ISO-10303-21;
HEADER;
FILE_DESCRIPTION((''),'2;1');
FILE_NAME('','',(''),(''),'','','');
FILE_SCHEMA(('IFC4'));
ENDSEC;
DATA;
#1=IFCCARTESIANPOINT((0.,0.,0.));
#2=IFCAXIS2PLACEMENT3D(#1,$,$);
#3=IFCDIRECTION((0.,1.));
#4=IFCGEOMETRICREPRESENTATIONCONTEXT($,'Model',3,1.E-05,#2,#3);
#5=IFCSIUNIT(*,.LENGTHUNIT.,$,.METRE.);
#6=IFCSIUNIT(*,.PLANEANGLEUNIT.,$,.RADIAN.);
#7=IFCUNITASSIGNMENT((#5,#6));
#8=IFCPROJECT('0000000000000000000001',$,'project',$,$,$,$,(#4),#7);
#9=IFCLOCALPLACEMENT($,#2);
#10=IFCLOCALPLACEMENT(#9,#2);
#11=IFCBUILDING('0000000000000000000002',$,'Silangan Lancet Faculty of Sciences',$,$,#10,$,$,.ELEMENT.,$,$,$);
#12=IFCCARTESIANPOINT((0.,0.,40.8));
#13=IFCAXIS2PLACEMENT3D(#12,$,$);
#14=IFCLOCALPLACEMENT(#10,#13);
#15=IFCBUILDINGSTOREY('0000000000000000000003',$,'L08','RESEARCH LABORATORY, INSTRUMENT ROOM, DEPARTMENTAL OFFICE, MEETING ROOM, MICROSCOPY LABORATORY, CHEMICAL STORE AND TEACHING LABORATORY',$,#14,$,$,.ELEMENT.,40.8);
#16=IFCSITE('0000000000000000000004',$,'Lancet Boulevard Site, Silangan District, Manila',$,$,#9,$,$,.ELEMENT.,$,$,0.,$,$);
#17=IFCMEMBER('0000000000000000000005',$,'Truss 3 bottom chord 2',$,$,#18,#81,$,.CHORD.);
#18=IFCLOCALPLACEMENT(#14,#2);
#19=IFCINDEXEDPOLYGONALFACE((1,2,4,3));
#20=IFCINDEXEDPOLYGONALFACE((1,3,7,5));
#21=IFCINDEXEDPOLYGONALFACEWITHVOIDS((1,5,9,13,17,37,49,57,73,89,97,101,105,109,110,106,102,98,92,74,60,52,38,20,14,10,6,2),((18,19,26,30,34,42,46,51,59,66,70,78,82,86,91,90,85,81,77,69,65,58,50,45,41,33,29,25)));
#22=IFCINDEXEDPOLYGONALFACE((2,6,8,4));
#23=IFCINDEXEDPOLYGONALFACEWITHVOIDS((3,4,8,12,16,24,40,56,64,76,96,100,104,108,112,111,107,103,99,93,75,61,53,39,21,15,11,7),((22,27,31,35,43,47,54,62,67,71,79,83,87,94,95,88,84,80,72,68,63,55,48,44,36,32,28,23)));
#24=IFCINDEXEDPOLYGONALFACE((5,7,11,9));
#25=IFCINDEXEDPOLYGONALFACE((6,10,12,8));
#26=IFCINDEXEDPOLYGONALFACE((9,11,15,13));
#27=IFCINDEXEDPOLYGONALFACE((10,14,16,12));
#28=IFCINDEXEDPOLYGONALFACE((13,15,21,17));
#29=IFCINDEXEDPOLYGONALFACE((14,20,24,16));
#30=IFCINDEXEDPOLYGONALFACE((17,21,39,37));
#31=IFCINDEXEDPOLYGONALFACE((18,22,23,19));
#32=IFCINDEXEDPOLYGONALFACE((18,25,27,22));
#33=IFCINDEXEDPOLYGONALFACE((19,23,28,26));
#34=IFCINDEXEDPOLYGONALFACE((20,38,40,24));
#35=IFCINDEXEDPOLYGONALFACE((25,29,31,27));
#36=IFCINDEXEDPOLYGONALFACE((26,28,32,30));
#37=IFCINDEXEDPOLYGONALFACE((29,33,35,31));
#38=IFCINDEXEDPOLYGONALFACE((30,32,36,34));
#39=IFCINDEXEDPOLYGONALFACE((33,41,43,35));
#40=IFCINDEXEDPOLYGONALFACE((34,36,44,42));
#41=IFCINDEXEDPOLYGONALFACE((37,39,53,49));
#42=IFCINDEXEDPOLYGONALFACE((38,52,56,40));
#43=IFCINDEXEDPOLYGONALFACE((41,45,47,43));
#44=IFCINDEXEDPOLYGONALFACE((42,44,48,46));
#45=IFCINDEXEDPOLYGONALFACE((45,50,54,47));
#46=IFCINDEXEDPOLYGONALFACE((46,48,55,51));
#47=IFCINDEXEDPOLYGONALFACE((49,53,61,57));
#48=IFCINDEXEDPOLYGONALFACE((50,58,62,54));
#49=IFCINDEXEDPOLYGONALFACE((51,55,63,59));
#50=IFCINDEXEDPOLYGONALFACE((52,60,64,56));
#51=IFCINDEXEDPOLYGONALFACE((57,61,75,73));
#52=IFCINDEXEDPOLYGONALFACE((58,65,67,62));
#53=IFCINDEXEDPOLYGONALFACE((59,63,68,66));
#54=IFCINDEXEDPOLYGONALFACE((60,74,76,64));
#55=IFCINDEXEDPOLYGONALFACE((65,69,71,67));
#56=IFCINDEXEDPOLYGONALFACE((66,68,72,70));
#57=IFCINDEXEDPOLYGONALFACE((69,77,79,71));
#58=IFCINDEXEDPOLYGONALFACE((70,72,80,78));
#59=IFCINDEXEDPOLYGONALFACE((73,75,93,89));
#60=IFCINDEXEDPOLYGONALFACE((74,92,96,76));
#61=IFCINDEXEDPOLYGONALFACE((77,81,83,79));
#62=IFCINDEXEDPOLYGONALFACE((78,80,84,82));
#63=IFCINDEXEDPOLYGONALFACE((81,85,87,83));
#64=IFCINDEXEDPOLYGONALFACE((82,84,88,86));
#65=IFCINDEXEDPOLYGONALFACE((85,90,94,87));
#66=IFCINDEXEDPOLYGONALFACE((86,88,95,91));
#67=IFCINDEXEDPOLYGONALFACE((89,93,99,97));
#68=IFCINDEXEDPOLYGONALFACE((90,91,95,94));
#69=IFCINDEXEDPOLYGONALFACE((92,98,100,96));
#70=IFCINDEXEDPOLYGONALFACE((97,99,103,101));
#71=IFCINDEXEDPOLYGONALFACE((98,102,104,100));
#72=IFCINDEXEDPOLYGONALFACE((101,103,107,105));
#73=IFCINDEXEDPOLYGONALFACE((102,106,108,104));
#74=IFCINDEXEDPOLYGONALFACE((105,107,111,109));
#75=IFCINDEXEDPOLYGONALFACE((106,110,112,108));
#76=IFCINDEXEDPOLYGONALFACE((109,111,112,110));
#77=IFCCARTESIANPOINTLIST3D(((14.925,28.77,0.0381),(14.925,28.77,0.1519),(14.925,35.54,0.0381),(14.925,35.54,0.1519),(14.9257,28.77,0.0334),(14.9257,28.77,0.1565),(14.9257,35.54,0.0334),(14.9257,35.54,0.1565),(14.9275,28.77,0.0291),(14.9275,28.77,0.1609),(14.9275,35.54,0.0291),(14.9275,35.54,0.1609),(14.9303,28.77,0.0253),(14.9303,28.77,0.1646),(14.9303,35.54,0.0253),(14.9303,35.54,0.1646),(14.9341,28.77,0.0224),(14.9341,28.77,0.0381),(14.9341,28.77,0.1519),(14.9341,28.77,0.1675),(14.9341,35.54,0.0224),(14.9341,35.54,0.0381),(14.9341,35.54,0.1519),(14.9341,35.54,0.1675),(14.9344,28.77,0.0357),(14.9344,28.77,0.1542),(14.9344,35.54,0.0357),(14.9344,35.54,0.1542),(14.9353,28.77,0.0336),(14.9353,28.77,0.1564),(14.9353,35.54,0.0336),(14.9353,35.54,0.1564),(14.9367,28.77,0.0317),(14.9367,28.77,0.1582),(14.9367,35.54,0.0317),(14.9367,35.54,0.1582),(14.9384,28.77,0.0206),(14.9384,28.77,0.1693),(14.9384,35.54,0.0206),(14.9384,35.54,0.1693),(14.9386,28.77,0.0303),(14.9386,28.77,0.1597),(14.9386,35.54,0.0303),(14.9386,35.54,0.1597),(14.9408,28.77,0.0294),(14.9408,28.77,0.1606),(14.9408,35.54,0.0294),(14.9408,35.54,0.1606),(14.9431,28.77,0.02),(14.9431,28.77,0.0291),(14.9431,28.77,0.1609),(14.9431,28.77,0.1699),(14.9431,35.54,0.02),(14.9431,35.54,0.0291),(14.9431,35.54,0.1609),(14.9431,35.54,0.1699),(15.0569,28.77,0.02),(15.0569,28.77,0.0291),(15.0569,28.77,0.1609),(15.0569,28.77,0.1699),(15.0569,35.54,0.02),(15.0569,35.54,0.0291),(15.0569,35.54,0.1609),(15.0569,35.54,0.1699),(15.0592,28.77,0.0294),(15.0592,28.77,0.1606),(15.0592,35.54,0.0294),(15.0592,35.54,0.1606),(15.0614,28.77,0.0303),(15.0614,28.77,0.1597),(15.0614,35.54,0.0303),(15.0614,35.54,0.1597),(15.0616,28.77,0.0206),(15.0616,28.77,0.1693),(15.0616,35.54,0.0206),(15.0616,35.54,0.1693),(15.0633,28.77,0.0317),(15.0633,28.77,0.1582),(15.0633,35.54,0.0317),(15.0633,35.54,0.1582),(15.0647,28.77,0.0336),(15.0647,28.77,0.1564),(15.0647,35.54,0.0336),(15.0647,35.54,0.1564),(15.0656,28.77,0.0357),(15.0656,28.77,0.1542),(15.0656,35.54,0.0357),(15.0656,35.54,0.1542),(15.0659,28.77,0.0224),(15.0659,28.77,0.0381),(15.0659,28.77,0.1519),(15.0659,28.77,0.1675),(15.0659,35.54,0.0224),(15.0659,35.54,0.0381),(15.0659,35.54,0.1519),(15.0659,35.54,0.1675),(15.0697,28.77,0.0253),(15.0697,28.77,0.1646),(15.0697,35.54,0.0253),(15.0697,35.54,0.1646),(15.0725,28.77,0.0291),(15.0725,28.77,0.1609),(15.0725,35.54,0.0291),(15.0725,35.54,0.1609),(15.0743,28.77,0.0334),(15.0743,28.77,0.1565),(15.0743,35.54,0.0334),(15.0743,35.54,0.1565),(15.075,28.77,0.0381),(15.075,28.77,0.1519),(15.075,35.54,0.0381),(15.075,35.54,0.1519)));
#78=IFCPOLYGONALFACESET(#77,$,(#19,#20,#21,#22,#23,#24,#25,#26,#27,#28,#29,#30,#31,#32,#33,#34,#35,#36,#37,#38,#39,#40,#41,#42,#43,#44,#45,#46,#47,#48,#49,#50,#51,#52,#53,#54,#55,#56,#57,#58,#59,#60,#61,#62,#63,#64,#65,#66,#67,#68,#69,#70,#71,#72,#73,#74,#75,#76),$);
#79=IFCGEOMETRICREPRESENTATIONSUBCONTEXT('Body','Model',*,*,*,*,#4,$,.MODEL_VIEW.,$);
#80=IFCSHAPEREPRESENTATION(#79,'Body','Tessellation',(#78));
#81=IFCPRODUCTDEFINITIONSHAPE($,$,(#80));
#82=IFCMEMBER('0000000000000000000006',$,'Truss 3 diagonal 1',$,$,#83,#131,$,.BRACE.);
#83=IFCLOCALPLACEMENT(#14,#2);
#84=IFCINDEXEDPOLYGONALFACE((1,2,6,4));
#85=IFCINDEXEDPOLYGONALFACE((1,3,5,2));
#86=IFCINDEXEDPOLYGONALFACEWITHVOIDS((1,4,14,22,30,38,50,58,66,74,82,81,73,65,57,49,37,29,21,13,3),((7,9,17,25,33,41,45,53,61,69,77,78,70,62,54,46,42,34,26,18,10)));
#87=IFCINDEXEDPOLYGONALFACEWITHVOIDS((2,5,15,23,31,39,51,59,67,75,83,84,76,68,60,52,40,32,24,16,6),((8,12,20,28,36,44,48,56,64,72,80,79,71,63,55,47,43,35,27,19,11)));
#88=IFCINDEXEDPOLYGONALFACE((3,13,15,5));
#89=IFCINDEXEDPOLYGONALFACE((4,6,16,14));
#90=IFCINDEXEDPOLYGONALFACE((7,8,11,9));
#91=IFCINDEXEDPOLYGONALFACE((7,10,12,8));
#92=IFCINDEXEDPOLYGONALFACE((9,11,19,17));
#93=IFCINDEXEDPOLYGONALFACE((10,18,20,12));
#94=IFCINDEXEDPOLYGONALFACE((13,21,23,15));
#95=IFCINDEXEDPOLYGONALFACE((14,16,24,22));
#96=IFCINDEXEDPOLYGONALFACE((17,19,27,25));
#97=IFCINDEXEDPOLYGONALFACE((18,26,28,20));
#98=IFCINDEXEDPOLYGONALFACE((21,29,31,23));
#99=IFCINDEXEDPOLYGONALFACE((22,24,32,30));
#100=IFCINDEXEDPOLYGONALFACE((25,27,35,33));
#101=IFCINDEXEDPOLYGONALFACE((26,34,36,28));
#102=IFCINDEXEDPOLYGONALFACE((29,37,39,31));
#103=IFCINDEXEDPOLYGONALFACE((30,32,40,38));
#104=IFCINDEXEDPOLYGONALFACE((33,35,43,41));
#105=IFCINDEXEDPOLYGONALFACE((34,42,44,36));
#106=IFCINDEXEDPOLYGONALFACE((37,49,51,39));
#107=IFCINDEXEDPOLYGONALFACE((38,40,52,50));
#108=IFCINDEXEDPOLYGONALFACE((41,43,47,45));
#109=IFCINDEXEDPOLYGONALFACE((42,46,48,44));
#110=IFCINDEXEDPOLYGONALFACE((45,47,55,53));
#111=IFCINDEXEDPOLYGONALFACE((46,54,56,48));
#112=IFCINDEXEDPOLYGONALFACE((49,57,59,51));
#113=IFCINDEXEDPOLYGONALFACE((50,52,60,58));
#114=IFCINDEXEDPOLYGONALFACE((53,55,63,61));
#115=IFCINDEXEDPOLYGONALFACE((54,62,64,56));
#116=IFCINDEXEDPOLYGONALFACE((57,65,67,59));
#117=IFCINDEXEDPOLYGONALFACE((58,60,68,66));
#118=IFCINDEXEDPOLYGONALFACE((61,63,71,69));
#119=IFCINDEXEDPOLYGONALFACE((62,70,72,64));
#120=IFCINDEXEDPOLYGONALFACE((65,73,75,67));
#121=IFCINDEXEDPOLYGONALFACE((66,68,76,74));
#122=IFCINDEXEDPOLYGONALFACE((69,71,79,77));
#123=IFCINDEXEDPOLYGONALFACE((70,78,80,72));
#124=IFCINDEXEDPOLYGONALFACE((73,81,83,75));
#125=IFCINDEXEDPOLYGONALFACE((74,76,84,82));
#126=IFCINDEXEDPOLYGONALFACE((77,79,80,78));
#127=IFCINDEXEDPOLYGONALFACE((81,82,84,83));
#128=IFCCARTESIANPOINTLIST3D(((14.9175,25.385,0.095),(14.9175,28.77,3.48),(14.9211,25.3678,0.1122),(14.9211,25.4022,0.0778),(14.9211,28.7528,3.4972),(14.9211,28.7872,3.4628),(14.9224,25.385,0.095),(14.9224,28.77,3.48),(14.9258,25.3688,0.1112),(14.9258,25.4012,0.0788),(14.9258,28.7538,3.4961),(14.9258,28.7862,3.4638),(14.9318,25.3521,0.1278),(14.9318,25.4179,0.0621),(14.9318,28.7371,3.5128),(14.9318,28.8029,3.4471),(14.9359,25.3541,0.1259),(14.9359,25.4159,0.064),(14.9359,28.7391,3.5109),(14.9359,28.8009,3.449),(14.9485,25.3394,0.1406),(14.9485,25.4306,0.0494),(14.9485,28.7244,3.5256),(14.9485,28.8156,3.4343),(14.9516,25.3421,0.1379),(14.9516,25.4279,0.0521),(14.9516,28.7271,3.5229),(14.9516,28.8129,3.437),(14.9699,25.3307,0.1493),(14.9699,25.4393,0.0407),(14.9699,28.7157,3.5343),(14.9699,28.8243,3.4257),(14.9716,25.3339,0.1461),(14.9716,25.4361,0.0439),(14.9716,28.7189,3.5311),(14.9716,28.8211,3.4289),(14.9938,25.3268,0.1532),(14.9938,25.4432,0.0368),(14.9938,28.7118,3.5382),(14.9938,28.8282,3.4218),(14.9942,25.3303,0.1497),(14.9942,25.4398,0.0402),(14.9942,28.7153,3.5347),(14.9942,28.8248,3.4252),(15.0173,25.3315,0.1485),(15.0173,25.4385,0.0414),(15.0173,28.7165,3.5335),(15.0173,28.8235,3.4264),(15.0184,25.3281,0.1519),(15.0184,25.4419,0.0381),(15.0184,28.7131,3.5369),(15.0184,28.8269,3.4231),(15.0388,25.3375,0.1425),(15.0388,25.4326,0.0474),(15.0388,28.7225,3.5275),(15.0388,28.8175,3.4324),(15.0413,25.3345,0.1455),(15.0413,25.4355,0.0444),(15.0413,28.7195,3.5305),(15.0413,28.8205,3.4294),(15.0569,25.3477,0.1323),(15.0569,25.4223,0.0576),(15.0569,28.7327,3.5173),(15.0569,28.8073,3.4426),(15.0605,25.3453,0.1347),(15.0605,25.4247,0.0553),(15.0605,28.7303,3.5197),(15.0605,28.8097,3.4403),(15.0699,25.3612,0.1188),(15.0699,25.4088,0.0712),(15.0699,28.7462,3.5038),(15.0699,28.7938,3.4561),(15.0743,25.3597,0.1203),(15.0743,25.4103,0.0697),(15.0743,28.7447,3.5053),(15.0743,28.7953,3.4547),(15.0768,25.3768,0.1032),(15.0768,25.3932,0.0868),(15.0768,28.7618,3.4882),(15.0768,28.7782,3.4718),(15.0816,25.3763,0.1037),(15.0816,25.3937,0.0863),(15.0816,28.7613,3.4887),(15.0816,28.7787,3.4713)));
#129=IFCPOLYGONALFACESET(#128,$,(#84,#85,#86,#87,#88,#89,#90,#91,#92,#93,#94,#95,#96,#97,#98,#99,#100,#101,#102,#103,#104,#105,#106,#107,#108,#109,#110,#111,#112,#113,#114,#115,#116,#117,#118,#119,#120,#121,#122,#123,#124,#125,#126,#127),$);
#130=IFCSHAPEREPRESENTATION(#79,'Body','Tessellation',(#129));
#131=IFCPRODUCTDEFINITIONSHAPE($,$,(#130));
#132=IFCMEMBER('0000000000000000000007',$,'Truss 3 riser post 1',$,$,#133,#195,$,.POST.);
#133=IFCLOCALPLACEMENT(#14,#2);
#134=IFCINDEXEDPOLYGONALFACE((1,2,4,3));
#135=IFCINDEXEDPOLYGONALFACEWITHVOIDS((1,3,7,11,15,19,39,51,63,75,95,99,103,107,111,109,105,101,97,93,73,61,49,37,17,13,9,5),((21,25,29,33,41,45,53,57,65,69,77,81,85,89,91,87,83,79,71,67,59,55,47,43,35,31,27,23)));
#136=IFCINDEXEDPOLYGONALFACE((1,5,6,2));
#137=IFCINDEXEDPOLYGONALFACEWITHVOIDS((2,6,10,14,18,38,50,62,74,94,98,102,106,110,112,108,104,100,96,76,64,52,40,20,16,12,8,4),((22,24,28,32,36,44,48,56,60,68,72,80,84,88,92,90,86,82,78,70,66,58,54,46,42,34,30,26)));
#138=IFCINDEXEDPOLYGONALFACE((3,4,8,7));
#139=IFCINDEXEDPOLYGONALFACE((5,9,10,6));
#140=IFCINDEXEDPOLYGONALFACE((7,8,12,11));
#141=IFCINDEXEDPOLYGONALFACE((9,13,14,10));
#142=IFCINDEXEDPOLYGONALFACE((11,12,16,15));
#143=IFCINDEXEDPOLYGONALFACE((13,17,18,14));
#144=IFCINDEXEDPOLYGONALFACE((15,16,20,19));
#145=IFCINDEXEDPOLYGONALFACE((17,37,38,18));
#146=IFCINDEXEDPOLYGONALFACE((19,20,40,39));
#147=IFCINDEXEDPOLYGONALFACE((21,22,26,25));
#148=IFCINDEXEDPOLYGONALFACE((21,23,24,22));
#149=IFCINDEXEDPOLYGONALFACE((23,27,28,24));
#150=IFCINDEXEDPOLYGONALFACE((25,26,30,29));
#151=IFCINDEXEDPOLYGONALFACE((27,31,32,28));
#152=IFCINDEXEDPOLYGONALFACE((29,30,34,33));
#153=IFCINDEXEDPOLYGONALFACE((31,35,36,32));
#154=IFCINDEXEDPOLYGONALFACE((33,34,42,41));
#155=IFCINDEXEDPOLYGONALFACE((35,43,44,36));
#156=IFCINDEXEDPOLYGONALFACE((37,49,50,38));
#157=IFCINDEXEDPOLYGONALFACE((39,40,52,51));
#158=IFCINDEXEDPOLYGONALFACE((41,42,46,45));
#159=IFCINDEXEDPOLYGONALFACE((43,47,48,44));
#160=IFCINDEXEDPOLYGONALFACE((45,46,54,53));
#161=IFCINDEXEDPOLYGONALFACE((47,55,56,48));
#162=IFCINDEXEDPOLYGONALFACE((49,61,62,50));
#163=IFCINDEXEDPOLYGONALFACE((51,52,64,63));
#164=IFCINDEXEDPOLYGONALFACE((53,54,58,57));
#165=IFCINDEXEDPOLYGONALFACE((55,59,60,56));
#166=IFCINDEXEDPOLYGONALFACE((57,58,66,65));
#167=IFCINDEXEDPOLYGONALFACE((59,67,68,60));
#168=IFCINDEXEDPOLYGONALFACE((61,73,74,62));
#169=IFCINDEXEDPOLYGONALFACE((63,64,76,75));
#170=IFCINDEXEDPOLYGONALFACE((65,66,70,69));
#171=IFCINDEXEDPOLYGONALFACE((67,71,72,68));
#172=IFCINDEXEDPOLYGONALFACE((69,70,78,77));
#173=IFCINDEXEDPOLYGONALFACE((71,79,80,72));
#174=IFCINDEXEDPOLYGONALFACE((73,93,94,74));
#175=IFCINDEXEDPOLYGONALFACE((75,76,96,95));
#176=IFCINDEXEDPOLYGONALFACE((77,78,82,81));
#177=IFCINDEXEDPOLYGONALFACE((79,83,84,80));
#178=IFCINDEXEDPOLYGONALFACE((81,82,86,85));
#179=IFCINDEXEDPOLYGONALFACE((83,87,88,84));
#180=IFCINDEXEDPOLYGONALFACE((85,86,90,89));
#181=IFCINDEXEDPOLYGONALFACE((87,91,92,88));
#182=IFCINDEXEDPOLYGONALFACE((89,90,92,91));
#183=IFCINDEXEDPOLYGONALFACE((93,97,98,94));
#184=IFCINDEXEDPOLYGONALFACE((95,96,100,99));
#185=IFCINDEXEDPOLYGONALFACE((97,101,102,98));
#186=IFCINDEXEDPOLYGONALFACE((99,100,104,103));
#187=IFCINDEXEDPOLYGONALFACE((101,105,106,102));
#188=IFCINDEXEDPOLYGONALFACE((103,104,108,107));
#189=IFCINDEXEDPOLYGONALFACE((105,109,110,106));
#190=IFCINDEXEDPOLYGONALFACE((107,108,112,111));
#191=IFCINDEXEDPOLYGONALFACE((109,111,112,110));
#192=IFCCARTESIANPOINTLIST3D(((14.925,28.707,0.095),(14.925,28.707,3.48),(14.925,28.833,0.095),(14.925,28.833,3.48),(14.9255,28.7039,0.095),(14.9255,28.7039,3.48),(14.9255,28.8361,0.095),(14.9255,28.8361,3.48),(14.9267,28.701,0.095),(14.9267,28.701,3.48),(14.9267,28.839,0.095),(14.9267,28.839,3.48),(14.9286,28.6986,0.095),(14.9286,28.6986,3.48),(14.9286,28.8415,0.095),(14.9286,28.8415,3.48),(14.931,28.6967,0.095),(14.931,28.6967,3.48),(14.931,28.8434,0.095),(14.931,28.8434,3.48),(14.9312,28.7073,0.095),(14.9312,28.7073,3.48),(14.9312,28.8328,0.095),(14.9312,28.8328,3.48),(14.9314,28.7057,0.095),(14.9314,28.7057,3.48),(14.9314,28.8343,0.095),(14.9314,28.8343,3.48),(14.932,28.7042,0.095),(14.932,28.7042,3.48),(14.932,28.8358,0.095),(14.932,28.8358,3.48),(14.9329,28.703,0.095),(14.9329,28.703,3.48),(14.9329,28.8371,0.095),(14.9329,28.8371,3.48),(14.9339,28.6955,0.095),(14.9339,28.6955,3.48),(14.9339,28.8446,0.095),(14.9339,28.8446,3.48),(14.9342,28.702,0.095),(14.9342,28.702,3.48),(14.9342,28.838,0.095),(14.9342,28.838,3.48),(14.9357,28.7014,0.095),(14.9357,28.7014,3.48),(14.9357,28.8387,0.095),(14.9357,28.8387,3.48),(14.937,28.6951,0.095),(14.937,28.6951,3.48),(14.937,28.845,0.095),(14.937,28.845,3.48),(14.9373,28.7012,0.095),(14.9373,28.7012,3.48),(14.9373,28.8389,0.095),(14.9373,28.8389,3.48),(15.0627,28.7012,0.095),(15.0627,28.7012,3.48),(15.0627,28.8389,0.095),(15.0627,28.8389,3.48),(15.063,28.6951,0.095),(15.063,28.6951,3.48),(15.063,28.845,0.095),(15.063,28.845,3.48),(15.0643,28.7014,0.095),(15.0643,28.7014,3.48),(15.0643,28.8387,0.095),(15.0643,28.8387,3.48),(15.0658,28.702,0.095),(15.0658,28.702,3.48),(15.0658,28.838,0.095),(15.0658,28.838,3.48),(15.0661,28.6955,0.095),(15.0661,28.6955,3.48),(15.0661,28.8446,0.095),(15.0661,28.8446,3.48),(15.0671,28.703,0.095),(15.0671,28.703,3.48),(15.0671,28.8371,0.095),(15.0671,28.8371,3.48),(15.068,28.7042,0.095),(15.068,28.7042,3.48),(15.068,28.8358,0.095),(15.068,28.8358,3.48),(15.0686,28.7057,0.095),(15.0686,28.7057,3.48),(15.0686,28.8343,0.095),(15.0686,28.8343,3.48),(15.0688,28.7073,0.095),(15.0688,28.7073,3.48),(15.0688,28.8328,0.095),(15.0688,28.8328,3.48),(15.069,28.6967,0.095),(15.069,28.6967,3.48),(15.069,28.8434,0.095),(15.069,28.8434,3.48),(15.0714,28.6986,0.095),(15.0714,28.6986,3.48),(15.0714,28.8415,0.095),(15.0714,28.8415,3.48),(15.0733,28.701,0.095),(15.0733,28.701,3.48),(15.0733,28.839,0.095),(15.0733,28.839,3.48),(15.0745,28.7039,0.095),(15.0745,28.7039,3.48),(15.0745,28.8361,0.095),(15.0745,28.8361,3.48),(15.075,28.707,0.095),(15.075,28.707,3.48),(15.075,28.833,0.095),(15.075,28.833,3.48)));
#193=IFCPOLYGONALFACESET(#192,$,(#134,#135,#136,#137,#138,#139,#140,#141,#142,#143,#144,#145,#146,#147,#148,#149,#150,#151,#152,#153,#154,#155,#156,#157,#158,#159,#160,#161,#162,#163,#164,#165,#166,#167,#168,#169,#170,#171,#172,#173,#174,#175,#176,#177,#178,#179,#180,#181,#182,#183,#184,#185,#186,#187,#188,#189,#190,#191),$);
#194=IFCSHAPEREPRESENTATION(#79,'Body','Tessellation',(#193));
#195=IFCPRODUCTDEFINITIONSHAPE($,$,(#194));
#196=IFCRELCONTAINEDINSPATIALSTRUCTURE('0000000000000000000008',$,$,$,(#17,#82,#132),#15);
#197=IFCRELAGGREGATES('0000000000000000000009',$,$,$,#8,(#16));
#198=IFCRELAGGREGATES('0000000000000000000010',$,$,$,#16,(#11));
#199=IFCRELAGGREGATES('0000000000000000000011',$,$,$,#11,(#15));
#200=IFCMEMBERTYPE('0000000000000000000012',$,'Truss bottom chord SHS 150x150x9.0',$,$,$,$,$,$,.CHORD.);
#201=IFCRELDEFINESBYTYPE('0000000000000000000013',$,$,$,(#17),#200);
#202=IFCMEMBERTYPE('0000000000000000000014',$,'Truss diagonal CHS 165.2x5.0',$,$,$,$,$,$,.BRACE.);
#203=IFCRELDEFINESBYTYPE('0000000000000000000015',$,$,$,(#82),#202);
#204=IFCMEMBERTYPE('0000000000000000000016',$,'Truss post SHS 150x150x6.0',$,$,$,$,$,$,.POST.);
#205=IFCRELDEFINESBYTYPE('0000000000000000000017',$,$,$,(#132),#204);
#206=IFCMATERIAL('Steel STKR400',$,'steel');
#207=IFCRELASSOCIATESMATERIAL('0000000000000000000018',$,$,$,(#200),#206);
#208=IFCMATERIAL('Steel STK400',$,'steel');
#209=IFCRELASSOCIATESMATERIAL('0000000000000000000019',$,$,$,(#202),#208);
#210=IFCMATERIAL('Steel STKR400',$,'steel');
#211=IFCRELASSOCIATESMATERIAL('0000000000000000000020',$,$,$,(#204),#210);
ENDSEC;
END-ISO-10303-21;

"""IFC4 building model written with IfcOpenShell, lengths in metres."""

from ifc_helpers import new_model, si_unit, direction, frame, origin, origin_2d, place, context, subcontext, project, spatial, hollow_rectangle, hollow_circle, extrude, material, material_profile, profile_set, type_object, element, save


model = new_model("IFC4")

# Units and contexts
model_context = context("Model", 3, precision=1e-05, world=origin(), true_north=direction((0.0, 1.0)))
body_context = subcontext(model_context, "Body", "Model", "MODEL_VIEW")
ifc_project = project(units=[si_unit("LENGTHUNIT", "METRE"), si_unit("PLANEANGLEUNIT", "RADIAN")], contexts=[model_context])

# Site, building, storey
site_placement = place(None, origin())
site = spatial("IfcSite", under=ifc_project, at=site_placement, Name="Lancet Boulevard Site, Silangan District, Manila", CompositionType="ELEMENT", RefElevation=0.0)
building_placement = place(site_placement, origin())
building = spatial("IfcBuilding", under=site, at=building_placement, Name="Silangan Lancet Faculty of Sciences", CompositionType="ELEMENT")
storey_placement = place(building_placement, frame((0.0, 0.0, 40.8)))
storey = spatial("IfcBuildingStorey", under=building, at=storey_placement, Name="L08", Description="RESEARCH LABORATORY, INSTRUMENT ROOM, DEPARTMENTAL OFFICE, MEETING ROOM, MICROSCOPY LABORATORY, CHEMICAL STORE AND TEACHING LABORATORY", CompositionType="ELEMENT", Elevation=40.8)

# Members
ifc_material_1 = material(Name="Steel STKR400", Category="steel")
ifc_material_profile_1 = material_profile(ifc_material_1, hollow_rectangle(XDim=0.1499, YDim=0.1499, WallThickness=0.009, InnerFilletRadius=0.009, OuterFilletRadius=0.0181, at=origin_2d()), Name="SHS 150x150x9.0")
ifc_profile_set_1 = profile_set([ifc_material_profile_1], Name="Steel STKR400")
member_type_1 = type_object("IfcMemberType", Name="Truss bottom chord SHS 150x150x9.0", PredefinedType="CHORD", material=ifc_profile_set_1)
for number, where, z_axis, x_axis, name in (
    (1, (15.0, 28.77, 0.095), (0.0, 1.0, 0.0), (-1.0, 0.0, 0.0), "Truss 3 bottom chord 2"),
):
    element("IfcMember", number, at=place(storey_placement, frame(where, z_axis=z_axis, x_axis=x_axis)), inside=storey, type_object=member_type_1, Name=name, PredefinedType="CHORD", context=body_context, shape_type="SweptSolid", body=[
        extrude(hollow_rectangle(XDim=0.1499, YDim=0.1499, WallThickness=0.009, InnerFilletRadius=0.009, OuterFilletRadius=0.0181, at=origin_2d()), origin(), (0.0, 0.0, 1.0), 6.77),
    ])
ifc_material_2 = material(Name="Steel STK400", Category="steel")
ifc_material_profile_2 = material_profile(ifc_material_2, hollow_circle(Radius=0.0825, WallThickness=0.0049, at=origin_2d()), Name="CHS 165.2x5.0")
ifc_profile_set_2 = profile_set([ifc_material_profile_2], Name="Steel STK400")
member_type_2 = type_object("IfcMemberType", Name="Truss diagonal CHS 165.2x5.0", PredefinedType="BRACE", material=ifc_profile_set_2)
member_1_placement = place(storey_placement, frame((15.0, 25.385, 0.095), z_axis=(0.0, 0.707107, 0.707107), x_axis=(-1.0, 0.0, 0.0)))
element("IfcMember", 2, at=member_1_placement, inside=storey, type_object=member_type_2, Name="Truss 3 diagonal 1", PredefinedType="BRACE", context=body_context, shape_type="SweptSolid", body=[
    extrude(hollow_circle(Radius=0.0825, WallThickness=0.0049, at=origin_2d()), origin(), (0.0, 0.0, 1.0), 4.7871),
])
ifc_material_3 = material(Name="Steel STKR400", Category="steel")
ifc_material_profile_3 = material_profile(ifc_material_3, hollow_rectangle(XDim=0.1499, YDim=0.1499, WallThickness=0.0061, InnerFilletRadius=0.0061, OuterFilletRadius=0.012, at=origin_2d()), Name="SHS 150x150x6.0")
ifc_profile_set_3 = profile_set([ifc_material_profile_3], Name="Steel STKR400")
member_type_3 = type_object("IfcMemberType", Name="Truss post SHS 150x150x6.0", PredefinedType="POST", material=ifc_profile_set_3)
member_2_placement = place(storey_placement, frame((15.0, 28.77, 0.095), z_axis=(0.0, 0.0, 1.0), x_axis=(1.0, 0.0, 0.0)))
element("IfcMember", 3, at=member_2_placement, inside=storey, type_object=member_type_3, Name="Truss 3 riser post 1", PredefinedType="POST", context=body_context, shape_type="SweptSolid", body=[
    extrude(hollow_rectangle(XDim=0.1499, YDim=0.1499, WallThickness=0.0061, InnerFilletRadius=0.0061, OuterFilletRadius=0.012, at=origin_2d()), origin(), (0.0, 0.0, 1.0), 3.385),
])

save(model, "model.ifc")
